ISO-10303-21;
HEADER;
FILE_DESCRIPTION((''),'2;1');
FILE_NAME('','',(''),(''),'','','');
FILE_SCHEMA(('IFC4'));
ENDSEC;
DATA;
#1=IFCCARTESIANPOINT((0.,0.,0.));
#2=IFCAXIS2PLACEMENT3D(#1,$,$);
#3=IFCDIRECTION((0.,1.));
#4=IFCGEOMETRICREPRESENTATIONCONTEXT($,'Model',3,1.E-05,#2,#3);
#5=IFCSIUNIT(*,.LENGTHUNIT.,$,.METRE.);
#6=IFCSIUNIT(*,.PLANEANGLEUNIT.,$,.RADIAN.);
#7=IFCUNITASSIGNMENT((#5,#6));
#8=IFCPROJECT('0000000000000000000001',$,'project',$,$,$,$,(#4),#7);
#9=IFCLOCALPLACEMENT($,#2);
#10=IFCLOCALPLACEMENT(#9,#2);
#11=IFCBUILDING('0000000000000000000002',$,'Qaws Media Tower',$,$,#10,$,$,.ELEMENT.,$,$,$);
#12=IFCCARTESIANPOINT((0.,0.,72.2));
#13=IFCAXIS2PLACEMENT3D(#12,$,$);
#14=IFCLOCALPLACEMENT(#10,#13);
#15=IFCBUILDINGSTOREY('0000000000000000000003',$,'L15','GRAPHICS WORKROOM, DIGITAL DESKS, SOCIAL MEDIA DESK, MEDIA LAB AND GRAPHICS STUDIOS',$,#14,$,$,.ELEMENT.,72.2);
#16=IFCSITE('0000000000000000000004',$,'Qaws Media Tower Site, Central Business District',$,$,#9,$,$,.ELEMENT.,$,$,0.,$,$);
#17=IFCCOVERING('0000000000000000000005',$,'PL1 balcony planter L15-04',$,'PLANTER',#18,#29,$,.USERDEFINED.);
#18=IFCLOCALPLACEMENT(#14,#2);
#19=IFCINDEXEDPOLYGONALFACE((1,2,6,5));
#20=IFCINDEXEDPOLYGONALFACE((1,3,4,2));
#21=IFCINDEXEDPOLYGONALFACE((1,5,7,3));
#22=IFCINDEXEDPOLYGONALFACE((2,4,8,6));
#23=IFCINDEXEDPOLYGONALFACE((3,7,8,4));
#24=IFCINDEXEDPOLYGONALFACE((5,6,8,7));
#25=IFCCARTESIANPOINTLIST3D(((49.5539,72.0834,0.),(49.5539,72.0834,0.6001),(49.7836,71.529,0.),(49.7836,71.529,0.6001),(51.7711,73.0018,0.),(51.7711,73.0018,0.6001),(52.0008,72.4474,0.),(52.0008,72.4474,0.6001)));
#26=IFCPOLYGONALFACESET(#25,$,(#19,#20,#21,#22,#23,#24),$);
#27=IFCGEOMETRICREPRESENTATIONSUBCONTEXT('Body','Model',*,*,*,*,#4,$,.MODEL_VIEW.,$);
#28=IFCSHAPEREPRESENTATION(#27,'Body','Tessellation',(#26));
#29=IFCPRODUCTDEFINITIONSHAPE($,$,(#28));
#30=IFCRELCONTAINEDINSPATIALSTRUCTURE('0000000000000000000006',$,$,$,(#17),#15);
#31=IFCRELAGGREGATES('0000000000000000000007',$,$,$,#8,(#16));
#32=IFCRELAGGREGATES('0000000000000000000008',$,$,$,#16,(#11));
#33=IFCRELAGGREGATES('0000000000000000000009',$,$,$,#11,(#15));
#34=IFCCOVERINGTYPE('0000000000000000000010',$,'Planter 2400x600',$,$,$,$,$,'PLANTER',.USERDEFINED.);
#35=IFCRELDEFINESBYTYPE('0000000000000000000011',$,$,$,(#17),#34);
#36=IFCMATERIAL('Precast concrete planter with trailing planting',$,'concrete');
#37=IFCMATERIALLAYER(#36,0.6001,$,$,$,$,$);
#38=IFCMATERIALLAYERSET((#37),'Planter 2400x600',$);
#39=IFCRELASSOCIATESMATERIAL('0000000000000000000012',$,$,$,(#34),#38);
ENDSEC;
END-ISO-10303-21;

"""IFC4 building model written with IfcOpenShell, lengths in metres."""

from ifc_helpers import new_model, si_unit, direction, frame, origin, origin_2d, place, context, subcontext, project, spatial, rectangle, extrude, material, layer, layer_set, type_object, element, save


model = new_model("IFC4")

# Units and contexts
model_context = context("Model", 3, precision=1e-05, world=origin(), true_north=direction((0.0, 1.0)))
body_context = subcontext(model_context, "Body", "Model", "MODEL_VIEW")
ifc_project = project(units=[si_unit("LENGTHUNIT", "METRE"), si_unit("PLANEANGLEUNIT", "RADIAN")], contexts=[model_context])

# Site, building, storey
site_placement = place(None, origin())
site = spatial("IfcSite", under=ifc_project, at=site_placement, Name="Qaws Media Tower Site, Central Business District", CompositionType="ELEMENT", RefElevation=0.0)
building_placement = place(site_placement, origin())
building = spatial("IfcBuilding", under=site, at=building_placement, Name="Qaws Media Tower", CompositionType="ELEMENT")
storey_placement = place(building_placement, frame((0.0, 0.0, 72.2)))
storey = spatial("IfcBuildingStorey", under=building, at=storey_placement, Name="L15", Description="GRAPHICS WORKROOM, DIGITAL DESKS, SOCIAL MEDIA DESK, MEDIA LAB AND GRAPHICS STUDIOS", CompositionType="ELEMENT", Elevation=72.2)

# Covering
ifc_material_1 = material(Name="Precast concrete planter with trailing planting", Category="concrete")
ifc_layer_1 = layer(ifc_material_1, 0.6001)
ifc_layer_set_1 = layer_set([ifc_layer_1], Name="Planter 2400x600")
covering_type = type_object("IfcCoveringType", Name="Planter 2400x600", ElementType="PLANTER", PredefinedType="USERDEFINED", material=ifc_layer_set_1)
covering_placement = place(storey_placement, frame((50.7773, 72.2654, 0.0), z_axis=(0.0, 0.0, 1.0), x_axis=(-0.92388, -0.382683, 0.0)))
element("IfcCovering", 1, at=covering_placement, inside=storey, type_object=covering_type, Name="PL1 balcony planter L15-04", ObjectType="PLANTER", PredefinedType="USERDEFINED", context=body_context, shape_type="SweptSolid", body=[
    extrude(rectangle(XDim=2.3999, YDim=0.6001, at=origin_2d()), origin(), (0.0, 0.0, 1.0), 0.6001),
])

save(model, "model.ifc")
